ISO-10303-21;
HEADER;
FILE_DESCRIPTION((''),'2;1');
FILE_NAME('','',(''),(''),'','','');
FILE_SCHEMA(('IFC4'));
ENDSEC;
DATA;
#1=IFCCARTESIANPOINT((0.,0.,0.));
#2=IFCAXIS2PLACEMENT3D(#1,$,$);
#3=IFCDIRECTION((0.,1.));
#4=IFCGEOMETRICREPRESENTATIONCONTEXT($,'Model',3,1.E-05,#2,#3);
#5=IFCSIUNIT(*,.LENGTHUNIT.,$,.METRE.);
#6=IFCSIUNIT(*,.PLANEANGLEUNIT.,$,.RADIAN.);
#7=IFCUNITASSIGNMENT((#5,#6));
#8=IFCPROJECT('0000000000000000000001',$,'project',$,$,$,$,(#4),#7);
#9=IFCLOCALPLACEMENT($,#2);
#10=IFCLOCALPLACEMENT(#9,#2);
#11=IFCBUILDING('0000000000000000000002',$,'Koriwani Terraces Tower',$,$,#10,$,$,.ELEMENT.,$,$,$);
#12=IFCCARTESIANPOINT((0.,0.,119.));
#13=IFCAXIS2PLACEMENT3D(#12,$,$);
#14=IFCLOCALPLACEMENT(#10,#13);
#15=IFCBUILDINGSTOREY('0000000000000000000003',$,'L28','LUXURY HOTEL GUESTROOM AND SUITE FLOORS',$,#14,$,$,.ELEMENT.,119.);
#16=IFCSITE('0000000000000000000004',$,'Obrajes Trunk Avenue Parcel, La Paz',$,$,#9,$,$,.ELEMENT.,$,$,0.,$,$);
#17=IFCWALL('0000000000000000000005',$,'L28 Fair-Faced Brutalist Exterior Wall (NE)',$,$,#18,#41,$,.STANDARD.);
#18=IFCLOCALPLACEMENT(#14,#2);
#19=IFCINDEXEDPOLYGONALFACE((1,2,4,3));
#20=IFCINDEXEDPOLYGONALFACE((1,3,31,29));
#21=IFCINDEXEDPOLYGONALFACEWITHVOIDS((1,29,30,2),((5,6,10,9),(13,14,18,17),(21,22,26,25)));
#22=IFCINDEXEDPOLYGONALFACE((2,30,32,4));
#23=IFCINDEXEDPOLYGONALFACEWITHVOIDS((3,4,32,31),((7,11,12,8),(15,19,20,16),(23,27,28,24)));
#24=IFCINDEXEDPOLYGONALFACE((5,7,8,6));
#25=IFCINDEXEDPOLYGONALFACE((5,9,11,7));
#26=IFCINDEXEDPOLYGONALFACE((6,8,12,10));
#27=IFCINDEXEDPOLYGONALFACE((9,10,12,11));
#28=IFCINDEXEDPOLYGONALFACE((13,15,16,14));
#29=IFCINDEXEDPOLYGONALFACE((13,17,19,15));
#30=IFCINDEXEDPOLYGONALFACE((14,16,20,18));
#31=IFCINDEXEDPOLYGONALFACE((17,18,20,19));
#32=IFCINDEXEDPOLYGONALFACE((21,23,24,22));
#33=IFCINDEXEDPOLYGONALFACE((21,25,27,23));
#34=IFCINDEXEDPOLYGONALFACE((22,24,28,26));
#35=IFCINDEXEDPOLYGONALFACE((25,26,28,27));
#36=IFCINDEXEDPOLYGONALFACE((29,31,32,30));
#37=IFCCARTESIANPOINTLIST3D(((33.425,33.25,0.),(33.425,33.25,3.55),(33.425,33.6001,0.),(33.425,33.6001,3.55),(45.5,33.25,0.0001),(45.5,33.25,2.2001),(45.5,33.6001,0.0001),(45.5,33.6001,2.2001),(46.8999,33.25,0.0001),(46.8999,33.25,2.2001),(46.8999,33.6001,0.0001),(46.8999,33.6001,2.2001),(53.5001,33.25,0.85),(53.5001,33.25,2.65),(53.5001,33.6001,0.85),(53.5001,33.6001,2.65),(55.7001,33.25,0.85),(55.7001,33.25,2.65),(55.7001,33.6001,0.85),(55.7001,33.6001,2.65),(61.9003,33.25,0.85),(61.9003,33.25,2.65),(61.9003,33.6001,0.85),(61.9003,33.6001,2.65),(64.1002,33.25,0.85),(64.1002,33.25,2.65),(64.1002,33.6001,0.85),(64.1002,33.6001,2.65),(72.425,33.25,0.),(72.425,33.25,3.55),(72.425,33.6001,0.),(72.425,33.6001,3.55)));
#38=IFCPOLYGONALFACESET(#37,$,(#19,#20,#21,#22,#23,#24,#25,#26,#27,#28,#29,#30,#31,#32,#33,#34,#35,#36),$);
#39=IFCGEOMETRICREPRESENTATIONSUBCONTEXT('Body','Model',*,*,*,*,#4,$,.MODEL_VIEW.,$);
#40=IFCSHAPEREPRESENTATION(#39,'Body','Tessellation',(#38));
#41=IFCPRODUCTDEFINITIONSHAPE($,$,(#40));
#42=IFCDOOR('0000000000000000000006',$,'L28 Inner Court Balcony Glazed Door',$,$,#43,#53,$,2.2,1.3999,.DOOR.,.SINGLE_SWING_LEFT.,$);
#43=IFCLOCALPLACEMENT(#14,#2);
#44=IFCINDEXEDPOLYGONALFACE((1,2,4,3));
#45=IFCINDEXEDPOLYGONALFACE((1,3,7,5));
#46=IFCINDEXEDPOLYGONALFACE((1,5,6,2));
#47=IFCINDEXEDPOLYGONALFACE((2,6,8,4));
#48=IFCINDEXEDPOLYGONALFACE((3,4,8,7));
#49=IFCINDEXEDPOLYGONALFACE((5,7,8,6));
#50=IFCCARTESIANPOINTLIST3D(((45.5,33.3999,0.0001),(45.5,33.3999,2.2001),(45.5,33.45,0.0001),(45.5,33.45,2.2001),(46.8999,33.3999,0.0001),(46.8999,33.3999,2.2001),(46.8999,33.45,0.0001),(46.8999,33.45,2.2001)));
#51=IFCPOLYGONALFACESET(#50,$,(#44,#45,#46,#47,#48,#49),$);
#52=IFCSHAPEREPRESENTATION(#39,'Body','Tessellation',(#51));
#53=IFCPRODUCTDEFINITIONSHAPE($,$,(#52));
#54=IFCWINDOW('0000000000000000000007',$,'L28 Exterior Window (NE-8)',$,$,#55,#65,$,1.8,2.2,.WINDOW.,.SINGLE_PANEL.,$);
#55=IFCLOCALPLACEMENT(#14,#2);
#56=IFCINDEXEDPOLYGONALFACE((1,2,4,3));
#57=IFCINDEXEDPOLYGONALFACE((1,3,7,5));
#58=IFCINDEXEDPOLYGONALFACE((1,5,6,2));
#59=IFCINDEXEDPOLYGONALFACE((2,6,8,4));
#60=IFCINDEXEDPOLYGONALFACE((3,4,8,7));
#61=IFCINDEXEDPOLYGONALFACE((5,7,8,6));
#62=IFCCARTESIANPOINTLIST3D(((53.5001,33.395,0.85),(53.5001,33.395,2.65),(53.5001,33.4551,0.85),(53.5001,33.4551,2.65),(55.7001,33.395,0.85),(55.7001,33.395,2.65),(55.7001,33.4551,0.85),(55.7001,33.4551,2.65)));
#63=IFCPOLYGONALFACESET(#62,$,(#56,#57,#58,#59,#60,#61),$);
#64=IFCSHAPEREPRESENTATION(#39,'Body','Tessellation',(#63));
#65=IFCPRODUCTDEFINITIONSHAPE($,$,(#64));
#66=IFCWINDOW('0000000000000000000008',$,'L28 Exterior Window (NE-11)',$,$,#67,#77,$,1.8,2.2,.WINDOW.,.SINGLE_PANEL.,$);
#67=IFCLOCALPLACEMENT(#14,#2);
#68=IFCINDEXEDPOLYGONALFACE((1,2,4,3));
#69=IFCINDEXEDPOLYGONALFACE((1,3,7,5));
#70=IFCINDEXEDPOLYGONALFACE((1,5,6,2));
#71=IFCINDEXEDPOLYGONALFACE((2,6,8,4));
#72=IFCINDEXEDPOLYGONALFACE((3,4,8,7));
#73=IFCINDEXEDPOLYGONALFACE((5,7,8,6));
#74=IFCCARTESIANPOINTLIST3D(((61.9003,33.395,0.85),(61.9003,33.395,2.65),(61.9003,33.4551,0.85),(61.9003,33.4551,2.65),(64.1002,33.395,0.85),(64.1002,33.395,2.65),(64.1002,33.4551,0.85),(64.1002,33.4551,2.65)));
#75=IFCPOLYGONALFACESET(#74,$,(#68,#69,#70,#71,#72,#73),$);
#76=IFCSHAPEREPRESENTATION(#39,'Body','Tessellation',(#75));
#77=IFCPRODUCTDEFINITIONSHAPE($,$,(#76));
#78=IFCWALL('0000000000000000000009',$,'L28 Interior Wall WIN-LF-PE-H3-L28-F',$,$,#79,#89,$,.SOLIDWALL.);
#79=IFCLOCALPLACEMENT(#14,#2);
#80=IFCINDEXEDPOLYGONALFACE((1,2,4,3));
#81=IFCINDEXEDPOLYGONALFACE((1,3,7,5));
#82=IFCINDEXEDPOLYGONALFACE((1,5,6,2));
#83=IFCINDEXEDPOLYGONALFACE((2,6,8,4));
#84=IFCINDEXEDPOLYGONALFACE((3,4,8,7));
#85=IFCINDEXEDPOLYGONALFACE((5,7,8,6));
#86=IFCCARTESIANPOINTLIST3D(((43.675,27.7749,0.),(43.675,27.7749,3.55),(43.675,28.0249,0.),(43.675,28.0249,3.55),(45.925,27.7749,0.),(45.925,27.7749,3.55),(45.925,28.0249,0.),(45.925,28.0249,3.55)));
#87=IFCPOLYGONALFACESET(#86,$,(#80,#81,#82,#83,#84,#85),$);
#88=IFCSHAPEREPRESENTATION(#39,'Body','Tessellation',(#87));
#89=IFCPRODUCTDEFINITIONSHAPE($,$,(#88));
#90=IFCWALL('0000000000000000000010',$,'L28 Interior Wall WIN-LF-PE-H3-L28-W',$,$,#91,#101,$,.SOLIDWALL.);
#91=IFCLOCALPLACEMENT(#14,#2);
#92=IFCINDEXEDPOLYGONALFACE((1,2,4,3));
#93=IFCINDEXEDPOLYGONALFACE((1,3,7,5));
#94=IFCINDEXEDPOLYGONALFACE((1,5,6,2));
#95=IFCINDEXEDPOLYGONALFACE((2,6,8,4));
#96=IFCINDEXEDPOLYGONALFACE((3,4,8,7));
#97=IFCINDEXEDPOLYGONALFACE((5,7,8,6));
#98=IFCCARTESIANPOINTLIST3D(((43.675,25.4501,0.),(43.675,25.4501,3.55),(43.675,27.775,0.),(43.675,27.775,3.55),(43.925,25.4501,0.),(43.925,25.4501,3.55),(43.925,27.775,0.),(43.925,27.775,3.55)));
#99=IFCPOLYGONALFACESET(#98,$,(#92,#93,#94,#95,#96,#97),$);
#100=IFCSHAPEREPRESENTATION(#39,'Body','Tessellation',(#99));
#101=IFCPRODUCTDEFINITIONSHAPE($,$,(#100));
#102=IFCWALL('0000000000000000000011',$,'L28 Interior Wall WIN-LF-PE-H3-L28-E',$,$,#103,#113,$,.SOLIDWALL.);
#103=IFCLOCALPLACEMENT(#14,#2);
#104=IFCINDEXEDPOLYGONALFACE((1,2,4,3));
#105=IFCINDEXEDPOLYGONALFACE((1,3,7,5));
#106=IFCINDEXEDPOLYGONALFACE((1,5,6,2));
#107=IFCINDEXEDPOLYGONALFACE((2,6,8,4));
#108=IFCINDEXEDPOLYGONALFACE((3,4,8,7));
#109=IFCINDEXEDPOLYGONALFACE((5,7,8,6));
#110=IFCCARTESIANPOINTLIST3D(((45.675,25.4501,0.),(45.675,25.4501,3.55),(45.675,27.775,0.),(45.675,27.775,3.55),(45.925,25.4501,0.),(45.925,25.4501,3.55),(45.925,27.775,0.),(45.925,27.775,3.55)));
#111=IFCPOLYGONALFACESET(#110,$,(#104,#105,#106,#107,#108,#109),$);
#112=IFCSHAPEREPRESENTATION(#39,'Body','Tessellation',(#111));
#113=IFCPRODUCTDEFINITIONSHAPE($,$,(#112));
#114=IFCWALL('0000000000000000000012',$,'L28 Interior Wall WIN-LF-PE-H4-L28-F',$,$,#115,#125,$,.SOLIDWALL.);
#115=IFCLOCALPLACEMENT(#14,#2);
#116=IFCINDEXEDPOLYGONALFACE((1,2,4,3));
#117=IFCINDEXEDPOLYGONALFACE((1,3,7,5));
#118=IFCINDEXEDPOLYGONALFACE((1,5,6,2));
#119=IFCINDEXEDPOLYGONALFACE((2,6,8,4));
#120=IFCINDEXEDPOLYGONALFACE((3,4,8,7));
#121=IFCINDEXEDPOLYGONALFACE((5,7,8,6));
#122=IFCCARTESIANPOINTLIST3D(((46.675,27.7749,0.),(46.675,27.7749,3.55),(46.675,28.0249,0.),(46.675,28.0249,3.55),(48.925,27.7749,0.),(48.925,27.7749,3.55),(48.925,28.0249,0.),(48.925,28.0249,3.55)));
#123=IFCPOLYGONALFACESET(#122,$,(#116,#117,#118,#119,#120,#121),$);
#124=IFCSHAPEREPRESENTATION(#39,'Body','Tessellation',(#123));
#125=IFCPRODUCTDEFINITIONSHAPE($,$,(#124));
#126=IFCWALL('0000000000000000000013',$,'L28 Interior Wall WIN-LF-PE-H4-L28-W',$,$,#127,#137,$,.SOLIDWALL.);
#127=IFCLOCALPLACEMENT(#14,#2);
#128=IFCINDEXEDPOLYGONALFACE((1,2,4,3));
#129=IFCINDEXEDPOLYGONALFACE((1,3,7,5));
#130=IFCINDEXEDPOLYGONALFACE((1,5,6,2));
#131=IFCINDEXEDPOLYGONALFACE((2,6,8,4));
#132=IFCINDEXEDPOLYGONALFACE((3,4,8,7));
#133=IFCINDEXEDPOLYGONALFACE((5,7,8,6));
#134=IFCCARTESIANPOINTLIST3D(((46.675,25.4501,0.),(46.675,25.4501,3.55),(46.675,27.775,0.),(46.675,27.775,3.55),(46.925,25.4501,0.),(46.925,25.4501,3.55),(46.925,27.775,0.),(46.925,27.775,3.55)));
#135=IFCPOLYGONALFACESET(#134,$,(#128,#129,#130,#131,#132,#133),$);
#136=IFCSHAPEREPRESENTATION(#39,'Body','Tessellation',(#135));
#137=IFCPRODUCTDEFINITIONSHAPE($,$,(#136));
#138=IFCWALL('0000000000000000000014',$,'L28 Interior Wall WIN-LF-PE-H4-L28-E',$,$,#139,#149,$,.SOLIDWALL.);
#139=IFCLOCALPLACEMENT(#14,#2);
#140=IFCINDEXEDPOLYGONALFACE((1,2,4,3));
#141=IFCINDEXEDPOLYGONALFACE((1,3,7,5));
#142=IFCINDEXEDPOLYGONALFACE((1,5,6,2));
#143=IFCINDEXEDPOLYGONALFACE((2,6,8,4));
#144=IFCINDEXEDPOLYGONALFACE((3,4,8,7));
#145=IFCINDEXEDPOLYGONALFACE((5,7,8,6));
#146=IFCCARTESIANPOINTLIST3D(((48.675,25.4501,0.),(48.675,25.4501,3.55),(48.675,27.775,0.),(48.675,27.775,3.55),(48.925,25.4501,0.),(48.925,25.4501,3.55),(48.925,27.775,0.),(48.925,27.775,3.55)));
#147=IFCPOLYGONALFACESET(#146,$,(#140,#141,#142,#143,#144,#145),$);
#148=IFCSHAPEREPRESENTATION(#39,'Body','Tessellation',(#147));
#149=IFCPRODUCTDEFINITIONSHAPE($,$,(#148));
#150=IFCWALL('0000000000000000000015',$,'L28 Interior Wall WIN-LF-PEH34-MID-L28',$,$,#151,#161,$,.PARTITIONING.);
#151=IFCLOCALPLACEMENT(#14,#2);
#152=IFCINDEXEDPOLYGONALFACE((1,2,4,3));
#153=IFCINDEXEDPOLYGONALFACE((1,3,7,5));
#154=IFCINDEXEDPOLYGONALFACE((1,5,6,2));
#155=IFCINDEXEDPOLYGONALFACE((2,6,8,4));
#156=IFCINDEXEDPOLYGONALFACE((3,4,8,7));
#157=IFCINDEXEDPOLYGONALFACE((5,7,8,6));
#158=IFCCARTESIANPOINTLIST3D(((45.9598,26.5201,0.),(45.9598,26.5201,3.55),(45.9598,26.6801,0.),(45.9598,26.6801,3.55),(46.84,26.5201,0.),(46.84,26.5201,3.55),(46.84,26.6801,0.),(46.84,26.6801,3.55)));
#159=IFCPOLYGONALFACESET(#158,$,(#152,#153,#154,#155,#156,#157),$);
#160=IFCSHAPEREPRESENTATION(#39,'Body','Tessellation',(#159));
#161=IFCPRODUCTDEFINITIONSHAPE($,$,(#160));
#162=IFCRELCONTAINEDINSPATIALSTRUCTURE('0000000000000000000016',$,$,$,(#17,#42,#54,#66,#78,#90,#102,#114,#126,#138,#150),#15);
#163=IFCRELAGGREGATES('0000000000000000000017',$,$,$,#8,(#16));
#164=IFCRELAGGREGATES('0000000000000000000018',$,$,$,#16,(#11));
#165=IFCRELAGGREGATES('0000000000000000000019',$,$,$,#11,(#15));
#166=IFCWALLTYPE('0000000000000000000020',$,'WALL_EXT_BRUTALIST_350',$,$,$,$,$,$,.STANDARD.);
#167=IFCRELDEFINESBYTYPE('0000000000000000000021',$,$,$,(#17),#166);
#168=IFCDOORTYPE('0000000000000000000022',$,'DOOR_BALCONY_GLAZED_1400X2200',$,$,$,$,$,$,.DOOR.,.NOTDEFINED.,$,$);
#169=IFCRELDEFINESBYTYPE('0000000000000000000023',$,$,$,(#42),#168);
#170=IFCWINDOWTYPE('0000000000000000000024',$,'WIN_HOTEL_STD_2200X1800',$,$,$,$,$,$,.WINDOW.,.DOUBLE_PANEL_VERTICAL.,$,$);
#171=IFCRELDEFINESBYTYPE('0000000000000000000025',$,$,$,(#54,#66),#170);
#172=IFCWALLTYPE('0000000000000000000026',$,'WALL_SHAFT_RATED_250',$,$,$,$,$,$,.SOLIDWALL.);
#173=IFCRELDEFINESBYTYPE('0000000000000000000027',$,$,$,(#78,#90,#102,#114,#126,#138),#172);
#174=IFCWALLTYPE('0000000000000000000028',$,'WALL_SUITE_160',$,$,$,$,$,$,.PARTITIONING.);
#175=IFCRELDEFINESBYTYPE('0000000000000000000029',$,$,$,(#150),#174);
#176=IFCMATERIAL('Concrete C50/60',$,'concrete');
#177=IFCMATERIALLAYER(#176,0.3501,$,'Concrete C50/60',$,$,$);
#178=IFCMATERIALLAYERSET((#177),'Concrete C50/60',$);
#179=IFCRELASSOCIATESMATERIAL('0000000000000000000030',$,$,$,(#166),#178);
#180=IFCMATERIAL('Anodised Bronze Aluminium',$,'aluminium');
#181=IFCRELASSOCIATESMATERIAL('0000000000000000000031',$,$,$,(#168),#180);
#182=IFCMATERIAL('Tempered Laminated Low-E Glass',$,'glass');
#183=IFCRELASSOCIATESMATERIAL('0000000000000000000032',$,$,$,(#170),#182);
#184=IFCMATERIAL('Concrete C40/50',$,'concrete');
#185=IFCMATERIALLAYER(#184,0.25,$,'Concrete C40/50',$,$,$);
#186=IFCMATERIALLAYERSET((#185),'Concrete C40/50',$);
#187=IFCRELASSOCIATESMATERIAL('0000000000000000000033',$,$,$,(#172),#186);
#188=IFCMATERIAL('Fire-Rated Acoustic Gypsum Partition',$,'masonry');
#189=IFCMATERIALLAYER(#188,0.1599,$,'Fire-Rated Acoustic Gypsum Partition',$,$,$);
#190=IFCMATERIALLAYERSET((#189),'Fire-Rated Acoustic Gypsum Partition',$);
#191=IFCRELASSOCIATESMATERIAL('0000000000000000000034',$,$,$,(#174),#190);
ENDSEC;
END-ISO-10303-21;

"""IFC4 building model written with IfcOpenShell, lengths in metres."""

from ifc_helpers import new_model, si_unit, direction, frame, frame_2d, origin, place, context, subcontext, project, spatial, rectangle, extrude, material, layer, layer_set, type_object, element, fill, save


model = new_model("IFC4")

# Units and contexts
model_context = context("Model", 3, precision=1e-05, world=origin(), true_north=direction((0.0, 1.0)))
body_context = subcontext(model_context, "Body", "Model", "MODEL_VIEW")
ifc_project = project(units=[si_unit("LENGTHUNIT", "METRE"), si_unit("PLANEANGLEUNIT", "RADIAN")], contexts=[model_context])

# Site, building, storey
site_placement = place(None, origin())
site = spatial("IfcSite", under=ifc_project, at=site_placement, Name="Obrajes Trunk Avenue Parcel, La Paz", CompositionType="ELEMENT", RefElevation=0.0)
building_placement = place(site_placement, origin())
building = spatial("IfcBuilding", under=site, at=building_placement, Name="Koriwani Terraces Tower", CompositionType="ELEMENT")
storey_placement = place(building_placement, frame((0.0, 0.0, 119.0)))
storey = spatial("IfcBuildingStorey", under=building, at=storey_placement, Name="L28", Description="LUXURY HOTEL GUESTROOM AND SUITE FLOORS", CompositionType="ELEMENT", Elevation=119.0)

# Shared definitions
ifc_material_1 = material(Name="Concrete C40/50", Category="concrete")
ifc_material_2 = material(Name="Concrete C50/60", Category="concrete")

# Wall, openings, door, windows
ifc_layer_1 = layer(ifc_material_2, 0.3501, Name="Concrete C50/60")
ifc_layer_set_1 = layer_set([ifc_layer_1], Name="Concrete C50/60")
wall_type_1 = type_object("IfcWallType", Name="WALL_EXT_BRUTALIST_350", PredefinedType="STANDARD", material=ifc_layer_set_1)
wall_1_placement = place(storey_placement, frame((33.425, 33.425, 0.0), z_axis=(0.0, 0.0, 1.0), x_axis=(1.0, 0.0, 0.0)))
wall_1 = element("IfcWall", 1, at=wall_1_placement, inside=storey, type_object=wall_type_1, Name="L28 Fair-Faced Brutalist Exterior Wall (NE)", PredefinedType="STANDARD", context=body_context, shape_type="SweptSolid", body=[
    extrude(rectangle(XDim=39.0, YDim=0.3501, at=frame_2d((19.5, 0.0))), origin(), (0.0, 0.0, 1.0), 3.55),
])
opening_1_placement = place(wall_1_placement, frame((12.075, 0.0, 0.0)))
opening_1 = element("IfcOpeningElement", 2, at=opening_1_placement, cuts=wall_1, PredefinedType="OPENING", context=body_context, shape_type="SweptSolid", body=[
    extrude(rectangle(XDim=1.3999, YDim=2.2, at=frame_2d((0.7, 1.1001))), frame((0.0, 0.1851, 0.0), z_axis=(0.0, -1.0, 0.0), x_axis=(1.0, 0.0, 0.0)), (0.0, 0.0, 1.0), 0.3701),
])
opening_2_placement = place(wall_1_placement, frame((20.075, 0.0, 0.8501)))
opening_2 = element("IfcOpeningElement", 3, at=opening_2_placement, cuts=wall_1, PredefinedType="OPENING", context=body_context, shape_type="SweptSolid", body=[
    extrude(rectangle(XDim=2.2, YDim=1.8, at=frame_2d((1.1001, 0.8999))), frame((0.0, 0.1851, 0.0), z_axis=(0.0, -1.0, 0.0), x_axis=(1.0, 0.0, 0.0)), (0.0, 0.0, 1.0), 0.3701),
])
opening_3_placement = place(wall_1_placement, frame((28.4751, 0.0, 0.8501)))
opening_3 = element("IfcOpeningElement", 4, at=opening_3_placement, cuts=wall_1, PredefinedType="OPENING", context=body_context, shape_type="SweptSolid", body=[
    extrude(rectangle(XDim=2.2, YDim=1.8, at=frame_2d((1.1001, 0.8999))), frame((0.0, 0.1851, 0.0), z_axis=(0.0, -1.0, 0.0), x_axis=(1.0, 0.0, 0.0)), (0.0, 0.0, 1.0), 0.3701),
])
ifc_material_3 = material(Name="Anodised Bronze Aluminium", Category="aluminium")
door_type_1 = type_object("IfcDoorType", Name="DOOR_BALCONY_GLAZED_1400X2200", OperationType="NOTDEFINED", PredefinedType="DOOR", material=ifc_material_3)
door_1_placement = place(opening_1_placement, origin())
door_1 = element("IfcDoor", 5, at=door_1_placement, inside=storey, type_object=door_type_1, Name="L28 Inner Court Balcony Glazed Door", OperationType="SINGLE_SWING_LEFT", OverallHeight=2.2, OverallWidth=1.3999, PredefinedType="DOOR", context=body_context, shape_type="SweptSolid", body=[
    extrude(rectangle(XDim=1.3999, YDim=2.2, at=frame_2d((0.7, 1.1001))), frame((0.0, 0.0249, 0.0), z_axis=(0.0, -1.0, 0.0), x_axis=(1.0, 0.0, 0.0)), (0.0, 0.0, 1.0), 0.05),
])
fill(opening_1, door_1)
ifc_material_4 = material(Name="Tempered Laminated Low-E Glass", Category="glass")
window_type = type_object("IfcWindowType", Name="WIN_HOTEL_STD_2200X1800", PartitioningType="DOUBLE_PANEL_VERTICAL", PredefinedType="WINDOW", material=ifc_material_4)
window_1_placement = place(opening_2_placement, origin())
window_1 = element("IfcWindow", 6, at=window_1_placement, inside=storey, type_object=window_type, Name="L28 Exterior Window (NE-8)", OverallHeight=1.8, OverallWidth=2.2, PartitioningType="SINGLE_PANEL", PredefinedType="WINDOW", context=body_context, shape_type="SweptSolid", body=[
    extrude(rectangle(XDim=2.2, YDim=1.8, at=frame_2d((1.1001, 0.8999))), frame((0.0, 0.03, 0.0), z_axis=(0.0, -1.0, 0.0), x_axis=(1.0, 0.0, 0.0)), (0.0, 0.0, 1.0), 0.0601),
])
fill(opening_2, window_1)
window_2_placement = place(opening_3_placement, origin())
window_2 = element("IfcWindow", 7, at=window_2_placement, inside=storey, type_object=window_type, Name="L28 Exterior Window (NE-11)", OverallHeight=1.8, OverallWidth=2.2, PartitioningType="SINGLE_PANEL", PredefinedType="WINDOW", context=body_context, shape_type="SweptSolid", body=[
    extrude(rectangle(XDim=2.2, YDim=1.8, at=frame_2d((1.1001, 0.8999))), frame((0.0, 0.03, 0.0), z_axis=(0.0, -1.0, 0.0), x_axis=(1.0, 0.0, 0.0)), (0.0, 0.0, 1.0), 0.0601),
])
fill(opening_3, window_2)

# Shared definitions
ifc_layer_2 = layer(ifc_material_1, 0.25, Name="Concrete C40/50")
ifc_layer_set_2 = layer_set([ifc_layer_2], Name="Concrete C40/50")
wall_type_2 = type_object("IfcWallType", Name="WALL_SHAFT_RATED_250", PredefinedType="SOLIDWALL", material=ifc_layer_set_2)

# Walls
wall_2_placement = place(storey_placement, frame((43.675, 27.8999, 0.0), z_axis=(0.0, 0.0, 1.0), x_axis=(1.0, 0.0, 0.0)))
element("IfcWall", 8, at=wall_2_placement, inside=storey, type_object=wall_type_2, Name="L28 Interior Wall WIN-LF-PE-H3-L28-F", PredefinedType="SOLIDWALL", context=body_context, shape_type="SweptSolid", body=[
    extrude(rectangle(XDim=2.25, YDim=0.25, at=frame_2d((1.125, 0.0))), origin(), (0.0, 0.0, 1.0), 3.55),
])
for number, where, z_axis, x_axis, name in (
    (9, (43.8, 25.45, 0.0), (0.0, 0.0, 1.0), (0.0, 1.0, 0.0), "L28 Interior Wall WIN-LF-PE-H3-L28-W"),
    (10, (45.8, 25.45, 0.0), (0.0, 0.0, 1.0), (0.0, 1.0, 0.0), "L28 Interior Wall WIN-LF-PE-H3-L28-E"),
):
    element("IfcWall", number, at=place(storey_placement, frame(where, z_axis=z_axis, x_axis=x_axis)), inside=storey, type_object=wall_type_2, Name=name, PredefinedType="SOLIDWALL", context=body_context, shape_type="SweptSolid", body=[
        extrude(rectangle(XDim=2.325, YDim=0.25, at=frame_2d((1.1626, 0.0))), origin(), (0.0, 0.0, 1.0), 3.55),
    ])
wall_3_placement = place(storey_placement, frame((46.675, 27.8999, 0.0), z_axis=(0.0, 0.0, 1.0), x_axis=(1.0, 0.0, 0.0)))
element("IfcWall", 11, at=wall_3_placement, inside=storey, type_object=wall_type_2, Name="L28 Interior Wall WIN-LF-PE-H4-L28-F", PredefinedType="SOLIDWALL", context=body_context, shape_type="SweptSolid", body=[
    extrude(rectangle(XDim=2.25, YDim=0.25, at=frame_2d((1.125, 0.0))), origin(), (0.0, 0.0, 1.0), 3.55),
])
for number, where, z_axis, x_axis, name in (
    (12, (46.8, 25.45, 0.0), (0.0, 0.0, 1.0), (0.0, 1.0, 0.0), "L28 Interior Wall WIN-LF-PE-H4-L28-W"),
    (13, (48.8, 25.45, 0.0), (0.0, 0.0, 1.0), (0.0, 1.0, 0.0), "L28 Interior Wall WIN-LF-PE-H4-L28-E"),
):
    element("IfcWall", number, at=place(storey_placement, frame(where, z_axis=z_axis, x_axis=x_axis)), inside=storey, type_object=wall_type_2, Name=name, PredefinedType="SOLIDWALL", context=body_context, shape_type="SweptSolid", body=[
        extrude(rectangle(XDim=2.325, YDim=0.25, at=frame_2d((1.1626, 0.0))), origin(), (0.0, 0.0, 1.0), 3.55),
    ])
ifc_material_5 = material(Name="Fire-Rated Acoustic Gypsum Partition", Category="masonry")
ifc_layer_3 = layer(ifc_material_5, 0.1599, Name="Fire-Rated Acoustic Gypsum Partition")
ifc_layer_set_3 = layer_set([ifc_layer_3], Name="Fire-Rated Acoustic Gypsum Partition")
wall_type_3 = type_object("IfcWallType", Name="WALL_SUITE_160", PredefinedType="PARTITIONING", material=ifc_layer_set_3)
wall_4_placement = place(storey_placement, frame((45.96, 26.6001, 0.0), z_axis=(0.0, 0.0, 1.0), x_axis=(1.0, 0.0, 0.0)))
element("IfcWall", 14, at=wall_4_placement, inside=storey, type_object=wall_type_3, Name="L28 Interior Wall WIN-LF-PEH34-MID-L28", PredefinedType="PARTITIONING", context=body_context, shape_type="SweptSolid", body=[
    extrude(rectangle(XDim=0.8801, YDim=0.1599, at=frame_2d((0.4399, 0.0))), origin(), (0.0, 0.0, 1.0), 3.55),
])

save(model, "model.ifc")
